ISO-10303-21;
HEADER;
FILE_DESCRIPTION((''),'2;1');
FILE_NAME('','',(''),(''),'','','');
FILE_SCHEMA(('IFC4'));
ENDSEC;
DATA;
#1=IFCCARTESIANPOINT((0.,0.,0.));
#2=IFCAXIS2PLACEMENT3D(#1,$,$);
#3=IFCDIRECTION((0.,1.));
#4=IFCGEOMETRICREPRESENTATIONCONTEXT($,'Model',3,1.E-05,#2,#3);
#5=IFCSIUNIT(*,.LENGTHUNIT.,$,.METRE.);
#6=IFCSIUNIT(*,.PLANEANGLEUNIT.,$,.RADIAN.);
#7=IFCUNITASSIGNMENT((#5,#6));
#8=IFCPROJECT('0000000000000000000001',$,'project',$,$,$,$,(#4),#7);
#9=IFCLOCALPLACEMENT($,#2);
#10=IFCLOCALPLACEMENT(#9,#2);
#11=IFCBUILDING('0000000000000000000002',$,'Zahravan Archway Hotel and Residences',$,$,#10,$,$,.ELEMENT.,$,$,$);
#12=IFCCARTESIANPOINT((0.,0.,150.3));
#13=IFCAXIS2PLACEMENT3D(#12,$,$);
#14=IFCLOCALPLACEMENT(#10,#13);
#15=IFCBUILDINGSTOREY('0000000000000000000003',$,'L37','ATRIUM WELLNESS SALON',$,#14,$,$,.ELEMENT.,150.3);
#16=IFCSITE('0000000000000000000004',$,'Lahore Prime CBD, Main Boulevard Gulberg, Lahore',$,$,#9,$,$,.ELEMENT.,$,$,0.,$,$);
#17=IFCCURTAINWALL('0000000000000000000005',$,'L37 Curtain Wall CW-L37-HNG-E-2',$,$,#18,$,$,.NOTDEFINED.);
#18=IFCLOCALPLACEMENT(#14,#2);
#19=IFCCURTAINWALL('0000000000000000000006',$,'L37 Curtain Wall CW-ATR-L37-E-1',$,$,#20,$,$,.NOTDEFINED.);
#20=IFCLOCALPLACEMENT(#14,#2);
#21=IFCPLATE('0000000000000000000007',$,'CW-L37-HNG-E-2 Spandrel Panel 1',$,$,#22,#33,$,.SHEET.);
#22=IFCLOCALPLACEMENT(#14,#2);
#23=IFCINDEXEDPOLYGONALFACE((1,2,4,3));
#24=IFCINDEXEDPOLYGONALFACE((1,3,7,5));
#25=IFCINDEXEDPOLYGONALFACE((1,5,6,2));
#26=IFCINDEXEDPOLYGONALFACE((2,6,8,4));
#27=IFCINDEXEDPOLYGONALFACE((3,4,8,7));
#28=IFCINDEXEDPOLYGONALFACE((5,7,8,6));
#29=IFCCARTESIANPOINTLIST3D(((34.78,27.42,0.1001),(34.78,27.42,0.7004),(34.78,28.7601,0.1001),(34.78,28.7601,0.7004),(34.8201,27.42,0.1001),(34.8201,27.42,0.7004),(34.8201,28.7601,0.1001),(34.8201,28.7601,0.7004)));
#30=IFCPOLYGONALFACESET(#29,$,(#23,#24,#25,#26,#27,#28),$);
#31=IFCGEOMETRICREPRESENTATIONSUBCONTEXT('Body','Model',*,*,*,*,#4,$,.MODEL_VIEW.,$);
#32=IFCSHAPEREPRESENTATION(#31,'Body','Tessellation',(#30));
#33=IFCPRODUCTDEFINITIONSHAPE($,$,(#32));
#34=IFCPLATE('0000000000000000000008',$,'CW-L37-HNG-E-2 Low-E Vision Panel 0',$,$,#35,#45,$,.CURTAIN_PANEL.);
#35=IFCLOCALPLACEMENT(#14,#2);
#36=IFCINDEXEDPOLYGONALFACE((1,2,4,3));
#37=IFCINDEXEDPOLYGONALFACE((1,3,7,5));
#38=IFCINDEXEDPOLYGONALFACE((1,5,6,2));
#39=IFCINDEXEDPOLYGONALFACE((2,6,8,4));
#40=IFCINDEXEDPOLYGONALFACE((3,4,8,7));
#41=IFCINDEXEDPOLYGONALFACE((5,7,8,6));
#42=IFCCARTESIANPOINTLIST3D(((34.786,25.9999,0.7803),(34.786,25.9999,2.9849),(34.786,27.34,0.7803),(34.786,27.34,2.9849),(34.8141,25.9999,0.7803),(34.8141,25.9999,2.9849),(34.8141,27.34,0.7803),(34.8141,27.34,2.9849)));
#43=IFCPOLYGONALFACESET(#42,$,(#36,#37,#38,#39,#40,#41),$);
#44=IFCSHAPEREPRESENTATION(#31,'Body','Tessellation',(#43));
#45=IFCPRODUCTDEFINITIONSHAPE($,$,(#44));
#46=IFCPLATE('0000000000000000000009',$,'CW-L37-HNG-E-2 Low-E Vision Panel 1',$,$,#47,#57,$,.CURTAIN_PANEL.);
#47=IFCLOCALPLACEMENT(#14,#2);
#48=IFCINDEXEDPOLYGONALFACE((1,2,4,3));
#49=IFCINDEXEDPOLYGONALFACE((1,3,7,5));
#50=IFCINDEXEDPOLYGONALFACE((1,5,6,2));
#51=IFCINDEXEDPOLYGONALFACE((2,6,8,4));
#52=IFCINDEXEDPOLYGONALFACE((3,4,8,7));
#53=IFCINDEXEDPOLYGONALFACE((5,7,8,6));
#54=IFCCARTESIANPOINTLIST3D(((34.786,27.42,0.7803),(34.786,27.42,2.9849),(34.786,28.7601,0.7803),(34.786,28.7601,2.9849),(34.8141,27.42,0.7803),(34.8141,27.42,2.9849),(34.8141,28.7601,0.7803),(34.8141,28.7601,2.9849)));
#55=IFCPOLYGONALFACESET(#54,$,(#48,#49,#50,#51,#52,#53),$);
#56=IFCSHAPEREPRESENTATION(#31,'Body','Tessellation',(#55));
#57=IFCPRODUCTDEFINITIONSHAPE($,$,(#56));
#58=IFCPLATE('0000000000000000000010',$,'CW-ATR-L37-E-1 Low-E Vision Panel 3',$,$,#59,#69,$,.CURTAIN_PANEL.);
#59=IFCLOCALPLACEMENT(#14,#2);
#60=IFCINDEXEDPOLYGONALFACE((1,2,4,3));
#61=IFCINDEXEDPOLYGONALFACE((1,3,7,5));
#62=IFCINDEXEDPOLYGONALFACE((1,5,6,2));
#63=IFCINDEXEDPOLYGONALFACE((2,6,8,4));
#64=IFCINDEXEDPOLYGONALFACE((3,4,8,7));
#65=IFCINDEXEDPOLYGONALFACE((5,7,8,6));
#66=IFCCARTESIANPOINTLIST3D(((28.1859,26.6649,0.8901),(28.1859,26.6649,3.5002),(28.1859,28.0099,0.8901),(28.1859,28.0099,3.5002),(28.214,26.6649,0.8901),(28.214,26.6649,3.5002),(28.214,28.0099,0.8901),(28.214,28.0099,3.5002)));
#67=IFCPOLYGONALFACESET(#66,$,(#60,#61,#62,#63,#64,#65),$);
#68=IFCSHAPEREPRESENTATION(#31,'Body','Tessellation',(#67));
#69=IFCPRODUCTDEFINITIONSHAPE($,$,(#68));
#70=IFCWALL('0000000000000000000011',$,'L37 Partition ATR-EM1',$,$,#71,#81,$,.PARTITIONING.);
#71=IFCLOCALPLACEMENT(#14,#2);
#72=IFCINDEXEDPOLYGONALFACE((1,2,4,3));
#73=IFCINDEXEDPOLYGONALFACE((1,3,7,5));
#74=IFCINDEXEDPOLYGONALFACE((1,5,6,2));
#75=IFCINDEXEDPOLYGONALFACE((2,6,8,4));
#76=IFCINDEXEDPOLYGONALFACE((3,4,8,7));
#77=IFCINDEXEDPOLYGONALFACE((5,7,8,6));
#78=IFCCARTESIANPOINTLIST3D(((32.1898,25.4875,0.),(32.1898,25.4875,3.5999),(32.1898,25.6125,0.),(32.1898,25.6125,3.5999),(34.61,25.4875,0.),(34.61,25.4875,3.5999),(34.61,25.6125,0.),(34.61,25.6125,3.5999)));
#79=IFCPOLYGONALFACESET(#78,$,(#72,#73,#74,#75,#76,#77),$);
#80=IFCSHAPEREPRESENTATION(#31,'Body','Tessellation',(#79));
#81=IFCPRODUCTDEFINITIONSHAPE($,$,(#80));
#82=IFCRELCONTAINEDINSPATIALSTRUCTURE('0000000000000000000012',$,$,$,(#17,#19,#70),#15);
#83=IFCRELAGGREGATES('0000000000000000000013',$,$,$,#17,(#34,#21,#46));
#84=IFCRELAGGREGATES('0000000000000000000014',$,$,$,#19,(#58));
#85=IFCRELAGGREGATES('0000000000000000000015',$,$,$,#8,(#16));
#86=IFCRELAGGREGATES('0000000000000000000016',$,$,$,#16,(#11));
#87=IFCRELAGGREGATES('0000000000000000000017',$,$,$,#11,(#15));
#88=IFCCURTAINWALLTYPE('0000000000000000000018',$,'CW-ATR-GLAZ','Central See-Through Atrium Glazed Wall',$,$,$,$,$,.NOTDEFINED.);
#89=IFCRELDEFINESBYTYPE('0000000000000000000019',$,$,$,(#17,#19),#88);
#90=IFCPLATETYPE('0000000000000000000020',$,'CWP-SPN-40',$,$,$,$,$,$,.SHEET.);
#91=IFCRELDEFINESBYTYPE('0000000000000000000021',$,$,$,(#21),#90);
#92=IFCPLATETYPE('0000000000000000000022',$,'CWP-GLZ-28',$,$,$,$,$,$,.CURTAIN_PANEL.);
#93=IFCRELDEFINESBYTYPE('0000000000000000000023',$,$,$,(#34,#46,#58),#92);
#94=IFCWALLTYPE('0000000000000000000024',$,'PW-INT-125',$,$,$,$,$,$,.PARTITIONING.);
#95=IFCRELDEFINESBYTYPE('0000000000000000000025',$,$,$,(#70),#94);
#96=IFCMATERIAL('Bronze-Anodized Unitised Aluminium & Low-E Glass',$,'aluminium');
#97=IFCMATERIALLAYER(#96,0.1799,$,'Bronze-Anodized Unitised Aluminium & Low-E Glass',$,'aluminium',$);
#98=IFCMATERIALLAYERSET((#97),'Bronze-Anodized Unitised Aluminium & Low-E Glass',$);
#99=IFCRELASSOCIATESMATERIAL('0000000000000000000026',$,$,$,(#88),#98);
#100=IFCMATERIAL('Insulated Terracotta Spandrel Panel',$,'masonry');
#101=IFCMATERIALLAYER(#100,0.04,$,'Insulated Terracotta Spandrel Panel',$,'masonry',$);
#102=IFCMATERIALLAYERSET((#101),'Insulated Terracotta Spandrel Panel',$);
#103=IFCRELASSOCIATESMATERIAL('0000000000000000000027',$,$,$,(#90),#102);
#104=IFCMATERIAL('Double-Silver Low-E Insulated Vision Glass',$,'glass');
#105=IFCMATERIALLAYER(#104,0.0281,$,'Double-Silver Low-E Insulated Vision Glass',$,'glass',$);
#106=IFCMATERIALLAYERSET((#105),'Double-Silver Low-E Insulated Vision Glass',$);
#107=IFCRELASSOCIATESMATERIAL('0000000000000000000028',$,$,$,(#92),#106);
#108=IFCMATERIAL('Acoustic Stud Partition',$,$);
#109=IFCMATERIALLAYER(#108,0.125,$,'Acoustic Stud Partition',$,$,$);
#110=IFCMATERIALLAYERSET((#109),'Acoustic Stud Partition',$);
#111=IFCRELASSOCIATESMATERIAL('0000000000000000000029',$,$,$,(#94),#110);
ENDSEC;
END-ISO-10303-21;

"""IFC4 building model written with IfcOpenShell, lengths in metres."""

from ifc_helpers import new_model, si_unit, direction, frame, frame_2d, origin, origin_2d, place, context, subcontext, project, spatial, rectangle, extrude, source, transform, mapped, material, layer, layer_set, type_object, element, aggregate, save


model = new_model("IFC4")

# Units and contexts
model_context = context("Model", 3, precision=1e-05, world=origin(), true_north=direction((0.0, 1.0)))
body_context = subcontext(model_context, "Body", "Model", "MODEL_VIEW")
ifc_project = project(units=[si_unit("LENGTHUNIT", "METRE"), si_unit("PLANEANGLEUNIT", "RADIAN")], contexts=[model_context])

# Site, building, storey
site_placement = place(None, origin())
site = spatial("IfcSite", under=ifc_project, at=site_placement, Name="Lahore Prime CBD, Main Boulevard Gulberg, Lahore", CompositionType="ELEMENT", RefElevation=0.0)
building_placement = place(site_placement, origin())
building = spatial("IfcBuilding", under=site, at=building_placement, Name="Zahravan Archway Hotel and Residences", CompositionType="ELEMENT")
storey_placement = place(building_placement, frame((0.0, 0.0, 150.3)))
storey = spatial("IfcBuildingStorey", under=building, at=storey_placement, Name="L37", Description="ATRIUM WELLNESS SALON", CompositionType="ELEMENT", Elevation=150.3)

# Curtain walls
ifc_material_1 = material(Name="Bronze-Anodized Unitised Aluminium & Low-E Glass", Category="aluminium")
ifc_layer_1 = layer(ifc_material_1, 0.1799, Name="Bronze-Anodized Unitised Aluminium & Low-E Glass", Category="aluminium")
ifc_layer_set_1 = layer_set([ifc_layer_1], Name="Bronze-Anodized Unitised Aluminium & Low-E Glass")
curtain_wall_type = type_object("IfcCurtainWallType", Name="CW-ATR-GLAZ", Description="Central See-Through Atrium Glazed Wall", PredefinedType="NOTDEFINED", material=ifc_layer_set_1)
curtain_wall_1_placement = place(storey_placement, origin())
curtain_wall_1 = element("IfcCurtainWall", 1, at=curtain_wall_1_placement, inside=storey, type_object=curtain_wall_type, Name="L37 Curtain Wall CW-L37-HNG-E-2", PredefinedType="NOTDEFINED")
curtain_wall_2_placement = place(storey_placement, origin())
curtain_wall_2 = element("IfcCurtainWall", 2, at=curtain_wall_2_placement, inside=storey, type_object=curtain_wall_type, Name="L37 Curtain Wall CW-ATR-L37-E-1", PredefinedType="NOTDEFINED")

# Plates
ifc_material_2 = material(Name="Insulated Terracotta Spandrel Panel", Category="masonry")
ifc_layer_2 = layer(ifc_material_2, 0.04, Name="Insulated Terracotta Spandrel Panel", Category="masonry")
ifc_layer_set_2 = layer_set([ifc_layer_2], Name="Insulated Terracotta Spandrel Panel")
plate_type_1 = type_object("IfcPlateType", Name="CWP-SPN-40", PredefinedType="SHEET", material=ifc_layer_set_2)
ifc_material_3 = material(Name="Double-Silver Low-E Insulated Vision Glass", Category="glass")
ifc_layer_3 = layer(ifc_material_3, 0.0281, Name="Double-Silver Low-E Insulated Vision Glass", Category="glass")
ifc_layer_set_3 = layer_set([ifc_layer_3], Name="Double-Silver Low-E Insulated Vision Glass")
plate_type_2 = type_object("IfcPlateType", Name="CWP-GLZ-28", PredefinedType="CURTAIN_PANEL", material=ifc_layer_set_3)
shared_shape_1 = source(origin(), body_context, "Body", "SweptSolid", [
    extrude(rectangle(XDim=1.3401, YDim=0.04, at=origin_2d()), origin(), (0.0, 0.0, 1.0), 0.6003),
])
plate_1_placement = place(storey_placement, frame((34.8, 28.0901, 0.1001), z_axis=(0.0, 0.0, 1.0), x_axis=(0.0, 1.0, 0.0)))
plate_1 = element("IfcPlate", 3, at=plate_1_placement, type_object=plate_type_1, Name="CW-L37-HNG-E-2 Spandrel Panel 1", PredefinedType="SHEET", context=body_context, shape_type="MappedRepresentation", body=[
    mapped(shared_shape_1, transform((0.0, 0.0, 0.0), scale=1.0)),
])
shared_shape_2 = source(origin(), body_context, "Body", "SweptSolid", [
    extrude(rectangle(XDim=1.3401, YDim=0.0281, at=origin_2d()), origin(), (0.0, 0.0, 1.0), 2.2046),
])
plate_2_placement = place(storey_placement, frame((34.8, 26.6699, 0.7803), z_axis=(0.0, 0.0, 1.0), x_axis=(0.0, 1.0, 0.0)))
plate_2 = element("IfcPlate", 4, at=plate_2_placement, type_object=plate_type_2, Name="CW-L37-HNG-E-2 Low-E Vision Panel 0", PredefinedType="CURTAIN_PANEL", context=body_context, shape_type="MappedRepresentation", body=[
    mapped(shared_shape_2, transform((0.0, 0.0, 0.0), scale=1.0)),
])
plate_3_placement = place(storey_placement, frame((34.8, 28.0901, 0.7803), z_axis=(0.0, 0.0, 1.0), x_axis=(0.0, 1.0, 0.0)))
plate_3 = element("IfcPlate", 5, at=plate_3_placement, type_object=plate_type_2, Name="CW-L37-HNG-E-2 Low-E Vision Panel 1", PredefinedType="CURTAIN_PANEL", context=body_context, shape_type="MappedRepresentation", body=[
    mapped(shared_shape_2, transform((0.0, 0.0, 0.0), scale=1.0)),
])
aggregate(curtain_wall_1, [plate_2, plate_1, plate_3])
shared_shape_3 = source(origin(), body_context, "Body", "SweptSolid", [
    extrude(rectangle(XDim=1.345, YDim=0.0281, at=origin_2d()), origin(), (0.0, 0.0, 1.0), 2.6101),
])
plate_4_placement = place(storey_placement, frame((28.2, 27.3374, 0.8901), z_axis=(0.0, 0.0, 1.0), x_axis=(0.0, 1.0, 0.0)))
plate_4 = element("IfcPlate", 6, at=plate_4_placement, type_object=plate_type_2, Name="CW-ATR-L37-E-1 Low-E Vision Panel 3", PredefinedType="CURTAIN_PANEL", context=body_context, shape_type="MappedRepresentation", body=[
    mapped(shared_shape_3, transform((0.0, 0.0, 0.0), scale=1.0)),
])
aggregate(curtain_wall_2, [plate_4])

# Wall
ifc_material_4 = material(Name="Acoustic Stud Partition")
ifc_layer_4 = layer(ifc_material_4, 0.125, Name="Acoustic Stud Partition")
ifc_layer_set_4 = layer_set([ifc_layer_4], Name="Acoustic Stud Partition")
wall_type = type_object("IfcWallType", Name="PW-INT-125", PredefinedType="PARTITIONING", material=ifc_layer_set_4)
wall_placement = place(storey_placement, frame((32.1899, 25.55, 0.0), z_axis=(0.0, 0.0, 1.0), x_axis=(1.0, 0.0, 0.0)))
element("IfcWall", 7, at=wall_placement, inside=storey, type_object=wall_type, Name="L37 Partition ATR-EM1", PredefinedType="PARTITIONING", context=body_context, shape_type="SweptSolid", body=[
    extrude(rectangle(XDim=2.4202, YDim=0.125, at=frame_2d((1.21, 0.0))), origin(), (0.0, 0.0, 1.0), 3.5999),
])

save(model, "model.ifc")
